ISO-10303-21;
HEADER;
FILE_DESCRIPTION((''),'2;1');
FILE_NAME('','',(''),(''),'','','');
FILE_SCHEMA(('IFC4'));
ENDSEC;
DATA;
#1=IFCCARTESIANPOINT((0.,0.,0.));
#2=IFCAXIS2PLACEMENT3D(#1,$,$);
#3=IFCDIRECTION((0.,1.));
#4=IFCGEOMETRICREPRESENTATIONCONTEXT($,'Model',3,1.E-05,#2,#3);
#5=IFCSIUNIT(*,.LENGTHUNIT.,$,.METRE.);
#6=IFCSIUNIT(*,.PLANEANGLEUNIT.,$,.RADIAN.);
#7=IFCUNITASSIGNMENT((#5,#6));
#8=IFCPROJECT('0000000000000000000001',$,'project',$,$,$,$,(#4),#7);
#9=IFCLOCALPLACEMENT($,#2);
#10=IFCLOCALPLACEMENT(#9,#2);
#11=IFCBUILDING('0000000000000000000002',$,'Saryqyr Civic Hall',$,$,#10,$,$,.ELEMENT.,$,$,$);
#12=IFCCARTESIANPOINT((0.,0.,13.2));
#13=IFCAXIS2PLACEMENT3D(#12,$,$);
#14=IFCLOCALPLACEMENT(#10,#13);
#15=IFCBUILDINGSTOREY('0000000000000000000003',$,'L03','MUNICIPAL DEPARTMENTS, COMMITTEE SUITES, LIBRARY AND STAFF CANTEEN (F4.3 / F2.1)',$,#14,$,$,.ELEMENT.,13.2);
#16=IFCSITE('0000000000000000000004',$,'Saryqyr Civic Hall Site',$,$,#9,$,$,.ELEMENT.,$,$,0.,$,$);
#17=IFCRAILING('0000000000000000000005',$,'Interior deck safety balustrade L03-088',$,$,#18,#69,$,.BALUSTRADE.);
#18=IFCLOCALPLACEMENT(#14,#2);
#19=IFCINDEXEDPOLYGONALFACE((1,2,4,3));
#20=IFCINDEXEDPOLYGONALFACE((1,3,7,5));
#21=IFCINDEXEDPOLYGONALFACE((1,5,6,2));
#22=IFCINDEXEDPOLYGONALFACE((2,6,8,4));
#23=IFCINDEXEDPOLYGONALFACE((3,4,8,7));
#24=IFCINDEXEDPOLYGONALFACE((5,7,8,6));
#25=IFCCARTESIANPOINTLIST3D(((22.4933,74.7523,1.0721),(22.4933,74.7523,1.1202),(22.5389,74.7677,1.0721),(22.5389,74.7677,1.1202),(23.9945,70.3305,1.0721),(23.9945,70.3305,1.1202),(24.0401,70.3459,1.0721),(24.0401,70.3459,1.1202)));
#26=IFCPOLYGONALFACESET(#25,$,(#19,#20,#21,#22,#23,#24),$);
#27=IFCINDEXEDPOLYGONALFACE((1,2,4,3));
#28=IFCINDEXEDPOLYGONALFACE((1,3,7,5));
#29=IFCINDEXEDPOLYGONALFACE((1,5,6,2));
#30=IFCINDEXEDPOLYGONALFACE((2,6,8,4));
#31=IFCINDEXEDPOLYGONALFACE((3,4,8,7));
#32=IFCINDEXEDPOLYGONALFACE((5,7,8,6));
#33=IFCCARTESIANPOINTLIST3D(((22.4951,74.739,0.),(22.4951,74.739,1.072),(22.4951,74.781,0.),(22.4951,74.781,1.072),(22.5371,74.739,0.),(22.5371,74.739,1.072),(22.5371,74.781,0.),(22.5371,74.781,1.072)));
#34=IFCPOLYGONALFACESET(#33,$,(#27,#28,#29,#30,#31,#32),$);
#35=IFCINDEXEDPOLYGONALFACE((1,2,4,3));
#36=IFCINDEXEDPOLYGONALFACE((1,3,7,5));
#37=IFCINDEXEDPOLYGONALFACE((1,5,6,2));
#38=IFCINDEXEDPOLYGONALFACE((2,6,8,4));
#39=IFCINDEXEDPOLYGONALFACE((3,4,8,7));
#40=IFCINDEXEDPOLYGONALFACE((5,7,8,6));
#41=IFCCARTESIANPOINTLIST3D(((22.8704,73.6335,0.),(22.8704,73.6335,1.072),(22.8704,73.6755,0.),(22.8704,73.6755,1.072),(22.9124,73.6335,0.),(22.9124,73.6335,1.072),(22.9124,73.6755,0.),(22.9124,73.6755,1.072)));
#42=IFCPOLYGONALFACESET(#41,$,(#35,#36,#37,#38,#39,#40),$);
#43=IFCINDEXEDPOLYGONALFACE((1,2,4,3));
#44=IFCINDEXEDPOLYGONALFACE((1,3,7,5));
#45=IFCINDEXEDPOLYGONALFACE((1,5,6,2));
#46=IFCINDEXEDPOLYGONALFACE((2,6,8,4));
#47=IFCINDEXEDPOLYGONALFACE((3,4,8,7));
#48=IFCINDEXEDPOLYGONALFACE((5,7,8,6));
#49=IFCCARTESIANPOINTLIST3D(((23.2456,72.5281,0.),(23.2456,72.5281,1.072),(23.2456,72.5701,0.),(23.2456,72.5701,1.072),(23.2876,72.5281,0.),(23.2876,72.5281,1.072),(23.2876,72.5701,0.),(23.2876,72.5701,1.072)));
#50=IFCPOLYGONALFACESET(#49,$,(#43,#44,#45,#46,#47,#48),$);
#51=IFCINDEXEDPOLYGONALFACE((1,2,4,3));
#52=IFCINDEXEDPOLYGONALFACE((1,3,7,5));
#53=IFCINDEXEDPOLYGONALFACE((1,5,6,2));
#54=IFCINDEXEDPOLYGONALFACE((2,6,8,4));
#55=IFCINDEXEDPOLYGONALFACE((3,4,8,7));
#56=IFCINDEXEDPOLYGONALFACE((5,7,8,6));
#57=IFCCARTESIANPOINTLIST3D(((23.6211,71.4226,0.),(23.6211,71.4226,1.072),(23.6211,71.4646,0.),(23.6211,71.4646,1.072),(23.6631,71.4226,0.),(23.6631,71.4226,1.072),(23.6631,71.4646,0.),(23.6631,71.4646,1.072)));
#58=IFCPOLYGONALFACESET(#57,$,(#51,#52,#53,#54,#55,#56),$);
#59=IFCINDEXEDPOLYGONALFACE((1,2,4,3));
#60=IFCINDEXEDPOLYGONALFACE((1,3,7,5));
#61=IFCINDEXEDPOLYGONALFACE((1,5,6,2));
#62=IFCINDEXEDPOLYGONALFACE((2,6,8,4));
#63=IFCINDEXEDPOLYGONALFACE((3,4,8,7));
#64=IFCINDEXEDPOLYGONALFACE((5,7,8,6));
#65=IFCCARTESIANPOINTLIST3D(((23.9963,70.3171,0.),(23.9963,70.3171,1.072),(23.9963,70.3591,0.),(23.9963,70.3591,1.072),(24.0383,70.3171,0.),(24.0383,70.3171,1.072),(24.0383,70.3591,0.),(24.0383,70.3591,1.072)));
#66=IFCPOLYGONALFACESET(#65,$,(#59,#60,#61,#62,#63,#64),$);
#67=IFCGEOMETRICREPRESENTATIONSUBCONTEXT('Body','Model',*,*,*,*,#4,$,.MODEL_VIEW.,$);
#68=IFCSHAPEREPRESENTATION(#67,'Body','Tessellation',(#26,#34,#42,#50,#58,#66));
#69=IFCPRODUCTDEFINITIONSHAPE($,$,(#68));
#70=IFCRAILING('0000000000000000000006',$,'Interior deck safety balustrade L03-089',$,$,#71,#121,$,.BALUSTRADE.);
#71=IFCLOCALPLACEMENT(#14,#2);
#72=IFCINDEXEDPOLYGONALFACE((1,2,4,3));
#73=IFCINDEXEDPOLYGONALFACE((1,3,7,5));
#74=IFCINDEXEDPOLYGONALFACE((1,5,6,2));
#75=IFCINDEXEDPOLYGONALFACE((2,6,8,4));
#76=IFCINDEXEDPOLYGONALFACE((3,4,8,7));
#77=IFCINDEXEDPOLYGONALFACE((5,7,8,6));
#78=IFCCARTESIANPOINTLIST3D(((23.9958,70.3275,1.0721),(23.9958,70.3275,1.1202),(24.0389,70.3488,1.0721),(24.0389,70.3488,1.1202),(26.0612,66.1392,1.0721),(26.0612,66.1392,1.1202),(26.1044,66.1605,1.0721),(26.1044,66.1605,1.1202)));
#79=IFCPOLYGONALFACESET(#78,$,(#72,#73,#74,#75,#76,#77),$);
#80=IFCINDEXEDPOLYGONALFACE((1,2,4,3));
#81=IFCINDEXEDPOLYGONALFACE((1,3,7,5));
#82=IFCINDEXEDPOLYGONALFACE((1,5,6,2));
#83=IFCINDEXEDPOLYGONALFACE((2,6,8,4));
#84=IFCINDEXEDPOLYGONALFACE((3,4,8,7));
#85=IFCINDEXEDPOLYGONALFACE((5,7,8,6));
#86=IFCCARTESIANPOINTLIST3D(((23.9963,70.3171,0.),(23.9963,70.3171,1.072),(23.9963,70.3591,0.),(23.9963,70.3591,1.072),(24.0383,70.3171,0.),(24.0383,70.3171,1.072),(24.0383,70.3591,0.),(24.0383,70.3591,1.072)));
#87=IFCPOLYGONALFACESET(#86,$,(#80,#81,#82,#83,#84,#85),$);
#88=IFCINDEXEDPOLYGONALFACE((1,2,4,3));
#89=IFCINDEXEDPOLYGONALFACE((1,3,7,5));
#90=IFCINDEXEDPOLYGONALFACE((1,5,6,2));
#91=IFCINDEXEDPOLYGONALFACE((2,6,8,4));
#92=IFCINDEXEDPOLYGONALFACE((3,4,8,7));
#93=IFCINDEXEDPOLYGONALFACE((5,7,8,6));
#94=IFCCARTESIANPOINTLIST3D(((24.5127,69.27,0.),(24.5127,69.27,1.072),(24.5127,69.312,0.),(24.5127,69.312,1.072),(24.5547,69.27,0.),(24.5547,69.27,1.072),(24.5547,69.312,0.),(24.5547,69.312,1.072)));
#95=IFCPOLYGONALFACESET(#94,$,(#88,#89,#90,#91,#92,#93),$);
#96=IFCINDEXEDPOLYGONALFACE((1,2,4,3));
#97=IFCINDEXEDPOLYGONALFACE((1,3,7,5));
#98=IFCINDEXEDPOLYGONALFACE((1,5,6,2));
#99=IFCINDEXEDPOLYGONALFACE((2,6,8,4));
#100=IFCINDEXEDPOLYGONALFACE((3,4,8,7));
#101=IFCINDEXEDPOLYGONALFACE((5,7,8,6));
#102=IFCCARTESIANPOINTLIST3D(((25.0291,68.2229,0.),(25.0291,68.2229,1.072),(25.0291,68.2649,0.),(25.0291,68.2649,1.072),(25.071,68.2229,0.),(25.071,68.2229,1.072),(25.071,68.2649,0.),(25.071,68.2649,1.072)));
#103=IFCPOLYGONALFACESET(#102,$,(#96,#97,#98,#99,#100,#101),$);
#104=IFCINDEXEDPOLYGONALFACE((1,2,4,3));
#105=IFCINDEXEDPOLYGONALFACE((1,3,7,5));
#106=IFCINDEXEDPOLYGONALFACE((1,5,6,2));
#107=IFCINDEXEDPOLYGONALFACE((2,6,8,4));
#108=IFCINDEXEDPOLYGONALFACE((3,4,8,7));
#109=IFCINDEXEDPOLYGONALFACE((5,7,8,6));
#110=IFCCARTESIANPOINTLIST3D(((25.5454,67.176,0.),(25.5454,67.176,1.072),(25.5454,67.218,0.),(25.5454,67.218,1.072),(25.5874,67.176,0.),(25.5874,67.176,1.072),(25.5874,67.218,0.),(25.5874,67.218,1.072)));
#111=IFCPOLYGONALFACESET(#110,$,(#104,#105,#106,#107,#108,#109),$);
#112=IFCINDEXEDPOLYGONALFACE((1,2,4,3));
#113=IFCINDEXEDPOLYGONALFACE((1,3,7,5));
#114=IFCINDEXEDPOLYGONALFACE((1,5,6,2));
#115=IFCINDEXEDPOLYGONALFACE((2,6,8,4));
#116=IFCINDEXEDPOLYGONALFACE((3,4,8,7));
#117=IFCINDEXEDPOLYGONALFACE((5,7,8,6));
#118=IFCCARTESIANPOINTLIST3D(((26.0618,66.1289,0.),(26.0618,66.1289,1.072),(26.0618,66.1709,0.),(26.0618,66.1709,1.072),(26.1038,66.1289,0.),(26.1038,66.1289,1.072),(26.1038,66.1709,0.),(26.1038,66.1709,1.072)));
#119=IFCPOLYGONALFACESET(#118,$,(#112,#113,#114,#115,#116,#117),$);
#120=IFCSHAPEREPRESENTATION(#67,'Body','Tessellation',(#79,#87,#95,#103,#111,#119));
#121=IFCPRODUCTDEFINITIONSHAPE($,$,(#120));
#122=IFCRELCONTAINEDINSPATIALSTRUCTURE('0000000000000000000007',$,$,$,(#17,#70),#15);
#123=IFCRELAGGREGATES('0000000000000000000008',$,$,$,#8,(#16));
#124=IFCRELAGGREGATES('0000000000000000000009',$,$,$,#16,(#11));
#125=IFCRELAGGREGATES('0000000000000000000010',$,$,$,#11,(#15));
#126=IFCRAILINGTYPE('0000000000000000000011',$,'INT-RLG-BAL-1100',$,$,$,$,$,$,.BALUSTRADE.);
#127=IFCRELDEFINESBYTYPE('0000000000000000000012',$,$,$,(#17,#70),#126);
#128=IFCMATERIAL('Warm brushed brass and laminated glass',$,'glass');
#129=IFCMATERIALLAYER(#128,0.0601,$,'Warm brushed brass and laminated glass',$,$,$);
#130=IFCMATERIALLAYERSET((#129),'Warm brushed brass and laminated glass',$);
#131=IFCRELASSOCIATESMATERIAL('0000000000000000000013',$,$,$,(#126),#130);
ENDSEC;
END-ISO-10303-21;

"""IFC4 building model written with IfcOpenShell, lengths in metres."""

from ifc_helpers import new_model, si_unit, direction, frame, origin, origin_2d, place, context, subcontext, project, spatial, rectangle, extrude, material, layer, layer_set, type_object, element, save


model = new_model("IFC4")

# Units and contexts
model_context = context("Model", 3, precision=1e-05, world=origin(), true_north=direction((0.0, 1.0)))
body_context = subcontext(model_context, "Body", "Model", "MODEL_VIEW")
ifc_project = project(units=[si_unit("LENGTHUNIT", "METRE"), si_unit("PLANEANGLEUNIT", "RADIAN")], contexts=[model_context])

# Site, building, storey
site_placement = place(None, origin())
site = spatial("IfcSite", under=ifc_project, at=site_placement, Name="Saryqyr Civic Hall Site", CompositionType="ELEMENT", RefElevation=0.0)
building_placement = place(site_placement, origin())
building = spatial("IfcBuilding", under=site, at=building_placement, Name="Saryqyr Civic Hall", CompositionType="ELEMENT")
storey_placement = place(building_placement, frame((0.0, 0.0, 13.2)))
storey = spatial("IfcBuildingStorey", under=building, at=storey_placement, Name="L03", Description="MUNICIPAL DEPARTMENTS, COMMITTEE SUITES, LIBRARY AND STAFF CANTEEN (F4.3 / F2.1)", CompositionType="ELEMENT", Elevation=13.2)

# Railings
ifc_material_1 = material(Name="Warm brushed brass and laminated glass", Category="glass")
ifc_layer_1 = layer(ifc_material_1, 0.0601, Name="Warm brushed brass and laminated glass")
ifc_layer_set_1 = layer_set([ifc_layer_1], Name="Warm brushed brass and laminated glass")
railing_type = type_object("IfcRailingType", Name="INT-RLG-BAL-1100", PredefinedType="BALUSTRADE", material=ifc_layer_set_1)
railing_1_placement = place(storey_placement, frame((22.5161, 74.76, 0.0)))
element("IfcRailing", 1, at=railing_1_placement, inside=storey, type_object=railing_type, Name="Interior deck safety balustrade L03-088", PredefinedType="BALUSTRADE", context=body_context, shape_type="SweptSolid", body=[
    extrude(rectangle(XDim=0.0481, YDim=0.0481, at=origin_2d()), frame((0.0, 0.0, 1.0962), z_axis=(0.321477, -0.946917, 0.0), x_axis=(0.946917, 0.321477, 0.0)), (0.0, 0.0, 1.0), 4.6697),
    extrude(rectangle(XDim=0.042, YDim=0.042, at=origin_2d()), origin(), (0.0, 0.0, 1.0), 1.072),
    extrude(rectangle(XDim=0.042, YDim=0.042, at=origin_2d()), frame((0.3752, -1.1055, 0.0)), (0.0, 0.0, 1.0), 1.072),
    extrude(rectangle(XDim=0.042, YDim=0.042, at=origin_2d()), frame((0.7505, -2.2109, 0.0)), (0.0, 0.0, 1.0), 1.072),
    extrude(rectangle(XDim=0.042, YDim=0.042, at=origin_2d()), frame((1.126, -3.3164, 0.0)), (0.0, 0.0, 1.0), 1.072),
    extrude(rectangle(XDim=0.042, YDim=0.042, at=origin_2d()), frame((1.5012, -4.4219, 0.0)), (0.0, 0.0, 1.0), 1.072),
])
railing_2_placement = place(storey_placement, frame((24.0173, 70.3381, 0.0)))
element("IfcRailing", 2, at=railing_2_placement, inside=storey, type_object=railing_type, Name="Interior deck safety balustrade L03-089", PredefinedType="BALUSTRADE", context=body_context, shape_type="SweptSolid", body=[
    extrude(rectangle(XDim=0.0481, YDim=0.0481, at=origin_2d()), frame((0.0, 0.0, 1.0962), z_axis=(0.442292, -0.896871, 0.0), x_axis=(0.896871, 0.442292, 0.0)), (0.0, 0.0, 1.0), 4.6699),
    extrude(rectangle(XDim=0.042, YDim=0.042, at=origin_2d()), origin(), (0.0, 0.0, 1.0), 1.072),
    extrude(rectangle(XDim=0.042, YDim=0.042, at=origin_2d()), frame((0.5164, -1.0471, 0.0)), (0.0, 0.0, 1.0), 1.072),
    extrude(rectangle(XDim=0.042, YDim=0.042, at=origin_2d()), frame((1.0327, -2.0942, 0.0)), (0.0, 0.0, 1.0), 1.072),
    extrude(rectangle(XDim=0.042, YDim=0.042, at=origin_2d()), frame((1.5491, -3.1411, 0.0)), (0.0, 0.0, 1.0), 1.072),
    extrude(rectangle(XDim=0.042, YDim=0.042, at=origin_2d()), frame((2.0654, -4.1882, 0.0)), (0.0, 0.0, 1.0), 1.072),
])

save(model, "model.ifc")
